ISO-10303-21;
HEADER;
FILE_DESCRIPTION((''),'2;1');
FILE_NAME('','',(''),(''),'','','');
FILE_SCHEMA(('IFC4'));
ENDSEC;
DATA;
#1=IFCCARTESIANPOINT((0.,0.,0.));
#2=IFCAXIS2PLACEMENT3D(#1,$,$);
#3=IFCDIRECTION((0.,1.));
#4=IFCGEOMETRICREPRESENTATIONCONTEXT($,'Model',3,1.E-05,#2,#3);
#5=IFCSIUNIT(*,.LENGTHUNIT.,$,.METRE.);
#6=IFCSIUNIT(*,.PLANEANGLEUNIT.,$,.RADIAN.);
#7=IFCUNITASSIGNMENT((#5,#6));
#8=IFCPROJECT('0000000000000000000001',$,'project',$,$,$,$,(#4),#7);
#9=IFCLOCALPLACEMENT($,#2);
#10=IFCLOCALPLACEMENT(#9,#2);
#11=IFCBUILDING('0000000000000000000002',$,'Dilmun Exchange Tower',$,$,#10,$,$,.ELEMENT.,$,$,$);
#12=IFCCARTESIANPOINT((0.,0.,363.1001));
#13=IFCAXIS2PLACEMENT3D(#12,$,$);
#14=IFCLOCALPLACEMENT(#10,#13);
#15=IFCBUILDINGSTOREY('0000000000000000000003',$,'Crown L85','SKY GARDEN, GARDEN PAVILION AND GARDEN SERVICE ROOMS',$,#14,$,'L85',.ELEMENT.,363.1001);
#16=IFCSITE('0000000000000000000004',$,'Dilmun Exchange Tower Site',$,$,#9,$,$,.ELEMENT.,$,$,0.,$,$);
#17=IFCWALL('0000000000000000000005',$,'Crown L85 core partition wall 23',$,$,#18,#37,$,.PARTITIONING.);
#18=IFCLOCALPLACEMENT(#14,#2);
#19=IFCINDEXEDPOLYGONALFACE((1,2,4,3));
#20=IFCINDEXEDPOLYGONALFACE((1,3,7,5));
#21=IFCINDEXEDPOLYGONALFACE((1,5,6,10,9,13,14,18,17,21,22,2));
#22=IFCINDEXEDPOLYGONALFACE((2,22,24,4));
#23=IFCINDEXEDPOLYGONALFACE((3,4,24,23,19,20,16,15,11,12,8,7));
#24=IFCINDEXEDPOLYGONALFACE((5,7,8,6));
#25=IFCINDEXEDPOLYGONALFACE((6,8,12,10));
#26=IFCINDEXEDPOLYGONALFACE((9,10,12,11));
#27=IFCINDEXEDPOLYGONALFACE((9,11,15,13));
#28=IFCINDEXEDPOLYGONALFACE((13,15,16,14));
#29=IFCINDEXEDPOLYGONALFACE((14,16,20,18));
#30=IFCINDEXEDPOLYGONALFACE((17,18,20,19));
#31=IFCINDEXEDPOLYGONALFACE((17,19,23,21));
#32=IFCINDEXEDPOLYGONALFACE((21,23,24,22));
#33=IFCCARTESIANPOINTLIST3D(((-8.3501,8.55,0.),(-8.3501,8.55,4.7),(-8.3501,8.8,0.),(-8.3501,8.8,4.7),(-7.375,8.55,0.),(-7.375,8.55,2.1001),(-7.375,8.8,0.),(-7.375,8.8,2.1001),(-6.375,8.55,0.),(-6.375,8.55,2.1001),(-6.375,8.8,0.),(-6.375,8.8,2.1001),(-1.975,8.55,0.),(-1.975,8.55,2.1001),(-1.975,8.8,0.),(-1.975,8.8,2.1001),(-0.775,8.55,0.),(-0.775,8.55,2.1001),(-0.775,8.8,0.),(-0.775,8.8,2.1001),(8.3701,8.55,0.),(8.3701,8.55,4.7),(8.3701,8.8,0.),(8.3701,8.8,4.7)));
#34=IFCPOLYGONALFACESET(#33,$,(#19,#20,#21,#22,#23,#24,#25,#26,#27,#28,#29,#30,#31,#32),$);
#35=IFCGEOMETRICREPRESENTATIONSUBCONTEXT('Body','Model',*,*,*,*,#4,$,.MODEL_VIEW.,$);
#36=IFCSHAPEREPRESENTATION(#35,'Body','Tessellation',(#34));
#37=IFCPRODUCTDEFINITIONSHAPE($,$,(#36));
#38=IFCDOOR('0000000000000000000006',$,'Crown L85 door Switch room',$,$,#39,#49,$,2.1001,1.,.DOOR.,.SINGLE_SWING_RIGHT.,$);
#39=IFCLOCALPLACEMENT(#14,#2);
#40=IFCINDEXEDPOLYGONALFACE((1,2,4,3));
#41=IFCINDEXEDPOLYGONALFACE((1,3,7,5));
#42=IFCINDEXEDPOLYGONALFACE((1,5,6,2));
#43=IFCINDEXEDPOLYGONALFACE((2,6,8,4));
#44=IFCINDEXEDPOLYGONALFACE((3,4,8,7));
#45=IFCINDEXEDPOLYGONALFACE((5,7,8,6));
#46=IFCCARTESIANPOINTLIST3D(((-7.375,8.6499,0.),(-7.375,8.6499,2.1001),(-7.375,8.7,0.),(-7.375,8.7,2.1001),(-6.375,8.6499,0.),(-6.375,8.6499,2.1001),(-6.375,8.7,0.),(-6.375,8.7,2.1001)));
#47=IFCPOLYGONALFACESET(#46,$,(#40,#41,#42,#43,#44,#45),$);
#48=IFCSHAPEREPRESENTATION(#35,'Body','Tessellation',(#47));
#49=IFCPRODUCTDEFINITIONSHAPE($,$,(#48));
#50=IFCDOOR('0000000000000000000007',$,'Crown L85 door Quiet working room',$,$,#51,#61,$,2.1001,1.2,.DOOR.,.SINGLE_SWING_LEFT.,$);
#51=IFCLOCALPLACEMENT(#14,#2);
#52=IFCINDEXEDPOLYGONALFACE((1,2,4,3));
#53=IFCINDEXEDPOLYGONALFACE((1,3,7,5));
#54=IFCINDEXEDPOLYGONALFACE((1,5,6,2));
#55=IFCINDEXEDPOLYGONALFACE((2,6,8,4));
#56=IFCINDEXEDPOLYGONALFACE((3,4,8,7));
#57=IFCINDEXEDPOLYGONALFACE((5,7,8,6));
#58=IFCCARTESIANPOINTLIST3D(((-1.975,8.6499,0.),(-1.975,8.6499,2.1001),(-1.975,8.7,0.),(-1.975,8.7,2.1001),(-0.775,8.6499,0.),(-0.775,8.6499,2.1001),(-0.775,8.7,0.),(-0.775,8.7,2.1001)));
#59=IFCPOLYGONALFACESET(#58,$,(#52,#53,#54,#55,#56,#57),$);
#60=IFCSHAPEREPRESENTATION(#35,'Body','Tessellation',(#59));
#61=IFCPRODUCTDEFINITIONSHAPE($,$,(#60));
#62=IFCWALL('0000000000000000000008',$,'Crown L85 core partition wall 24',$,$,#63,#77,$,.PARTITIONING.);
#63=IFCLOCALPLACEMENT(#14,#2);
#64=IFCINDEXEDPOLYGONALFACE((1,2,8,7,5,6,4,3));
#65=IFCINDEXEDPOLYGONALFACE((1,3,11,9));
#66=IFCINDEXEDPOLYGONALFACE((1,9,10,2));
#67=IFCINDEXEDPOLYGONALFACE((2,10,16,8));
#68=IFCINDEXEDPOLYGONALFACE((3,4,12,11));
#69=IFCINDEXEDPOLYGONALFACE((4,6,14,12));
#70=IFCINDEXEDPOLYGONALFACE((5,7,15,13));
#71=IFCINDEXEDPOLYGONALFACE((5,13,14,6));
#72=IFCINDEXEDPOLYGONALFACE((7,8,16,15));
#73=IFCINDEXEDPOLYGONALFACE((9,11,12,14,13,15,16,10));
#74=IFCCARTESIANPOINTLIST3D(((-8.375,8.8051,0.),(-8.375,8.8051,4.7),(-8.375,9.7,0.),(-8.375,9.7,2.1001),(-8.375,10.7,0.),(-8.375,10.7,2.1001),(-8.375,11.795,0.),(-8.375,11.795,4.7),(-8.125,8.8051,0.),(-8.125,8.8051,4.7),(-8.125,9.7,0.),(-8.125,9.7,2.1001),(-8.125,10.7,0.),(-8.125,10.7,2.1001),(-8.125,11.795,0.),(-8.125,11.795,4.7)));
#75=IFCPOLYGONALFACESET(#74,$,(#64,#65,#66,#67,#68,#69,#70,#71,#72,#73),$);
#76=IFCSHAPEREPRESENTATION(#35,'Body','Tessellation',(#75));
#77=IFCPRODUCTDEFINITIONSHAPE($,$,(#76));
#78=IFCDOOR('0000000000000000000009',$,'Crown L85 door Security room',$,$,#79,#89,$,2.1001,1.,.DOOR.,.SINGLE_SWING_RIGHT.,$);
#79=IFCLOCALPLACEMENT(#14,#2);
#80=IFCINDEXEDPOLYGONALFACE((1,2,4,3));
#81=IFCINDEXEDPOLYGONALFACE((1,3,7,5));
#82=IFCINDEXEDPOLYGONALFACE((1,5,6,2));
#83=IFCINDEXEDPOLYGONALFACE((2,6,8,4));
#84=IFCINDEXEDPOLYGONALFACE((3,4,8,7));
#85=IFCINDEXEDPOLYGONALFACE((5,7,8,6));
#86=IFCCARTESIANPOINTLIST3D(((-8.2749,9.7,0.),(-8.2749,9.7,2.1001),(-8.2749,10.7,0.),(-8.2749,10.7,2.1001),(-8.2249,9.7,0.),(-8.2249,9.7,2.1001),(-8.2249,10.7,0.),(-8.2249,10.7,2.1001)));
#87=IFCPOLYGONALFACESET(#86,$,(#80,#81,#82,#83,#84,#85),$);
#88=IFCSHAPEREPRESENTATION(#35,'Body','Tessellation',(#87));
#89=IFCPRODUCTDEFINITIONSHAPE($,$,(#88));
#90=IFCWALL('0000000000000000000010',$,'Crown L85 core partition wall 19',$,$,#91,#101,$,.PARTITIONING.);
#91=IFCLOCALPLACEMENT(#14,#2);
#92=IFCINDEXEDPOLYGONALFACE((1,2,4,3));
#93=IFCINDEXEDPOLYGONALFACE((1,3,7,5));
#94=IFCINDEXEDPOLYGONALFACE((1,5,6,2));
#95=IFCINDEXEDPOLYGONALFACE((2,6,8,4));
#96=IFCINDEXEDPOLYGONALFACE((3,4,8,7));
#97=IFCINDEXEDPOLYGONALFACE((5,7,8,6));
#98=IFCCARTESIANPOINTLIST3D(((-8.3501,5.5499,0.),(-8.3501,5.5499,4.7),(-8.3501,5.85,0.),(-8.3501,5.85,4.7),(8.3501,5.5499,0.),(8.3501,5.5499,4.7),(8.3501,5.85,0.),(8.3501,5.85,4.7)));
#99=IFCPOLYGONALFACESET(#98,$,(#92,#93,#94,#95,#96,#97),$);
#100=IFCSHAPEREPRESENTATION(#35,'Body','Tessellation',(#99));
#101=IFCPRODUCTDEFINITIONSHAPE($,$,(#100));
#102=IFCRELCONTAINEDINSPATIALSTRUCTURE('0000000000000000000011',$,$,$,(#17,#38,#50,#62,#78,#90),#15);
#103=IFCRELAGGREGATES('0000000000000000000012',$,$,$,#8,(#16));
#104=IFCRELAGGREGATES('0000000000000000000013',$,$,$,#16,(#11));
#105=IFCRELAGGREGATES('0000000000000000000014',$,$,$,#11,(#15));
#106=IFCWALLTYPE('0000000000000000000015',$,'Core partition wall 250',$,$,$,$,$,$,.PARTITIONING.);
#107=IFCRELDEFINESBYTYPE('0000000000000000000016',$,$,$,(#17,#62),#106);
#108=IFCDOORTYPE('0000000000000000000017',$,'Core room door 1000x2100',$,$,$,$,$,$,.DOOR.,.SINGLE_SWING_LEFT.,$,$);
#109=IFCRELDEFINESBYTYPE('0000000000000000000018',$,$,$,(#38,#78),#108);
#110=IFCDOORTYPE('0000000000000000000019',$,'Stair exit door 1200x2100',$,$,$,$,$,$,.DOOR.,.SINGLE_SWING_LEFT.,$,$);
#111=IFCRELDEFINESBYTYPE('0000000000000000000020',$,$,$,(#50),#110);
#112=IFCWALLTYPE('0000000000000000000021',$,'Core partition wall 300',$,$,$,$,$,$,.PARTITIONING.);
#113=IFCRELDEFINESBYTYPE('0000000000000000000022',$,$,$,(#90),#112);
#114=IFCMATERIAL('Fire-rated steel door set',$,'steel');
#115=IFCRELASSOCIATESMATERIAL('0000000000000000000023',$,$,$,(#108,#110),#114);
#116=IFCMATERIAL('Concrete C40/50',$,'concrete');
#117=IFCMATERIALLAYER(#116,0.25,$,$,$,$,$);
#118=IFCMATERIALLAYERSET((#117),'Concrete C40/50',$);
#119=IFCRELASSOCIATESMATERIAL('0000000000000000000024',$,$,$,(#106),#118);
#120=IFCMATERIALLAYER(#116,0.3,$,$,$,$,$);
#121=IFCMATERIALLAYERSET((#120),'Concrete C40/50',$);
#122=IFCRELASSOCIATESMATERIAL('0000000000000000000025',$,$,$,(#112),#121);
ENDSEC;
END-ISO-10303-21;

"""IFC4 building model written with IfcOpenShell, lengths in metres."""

from ifc_helpers import new_model, si_unit, direction, frame, frame_2d, origin, place, context, subcontext, project, spatial, rectangle, extrude, material, layer, layer_set, type_object, element, fill, save


model = new_model("IFC4")

# Units and contexts
model_context = context("Model", 3, precision=1e-05, world=origin(), true_north=direction((0.0, 1.0)))
body_context = subcontext(model_context, "Body", "Model", "MODEL_VIEW")
ifc_project = project(units=[si_unit("LENGTHUNIT", "METRE"), si_unit("PLANEANGLEUNIT", "RADIAN")], contexts=[model_context])

# Site, building, storey
site_placement = place(None, origin())
site = spatial("IfcSite", under=ifc_project, at=site_placement, Name="Dilmun Exchange Tower Site", CompositionType="ELEMENT", RefElevation=0.0)
building_placement = place(site_placement, origin())
building = spatial("IfcBuilding", under=site, at=building_placement, Name="Dilmun Exchange Tower", CompositionType="ELEMENT")
storey_placement = place(building_placement, frame((0.0, 0.0, 363.1001)))
storey = spatial("IfcBuildingStorey", under=building, at=storey_placement, Name="Crown L85", Description="SKY GARDEN, GARDEN PAVILION AND GARDEN SERVICE ROOMS", LongName="L85", CompositionType="ELEMENT", Elevation=363.1001)

# Shared definitions
ifc_material_1 = material(Name="Concrete C40/50", Category="concrete")

# Shared definitions
ifc_material_2 = material(Name="Fire-rated steel door set", Category="steel")
door_type_1 = type_object("IfcDoorType", Name="Core room door 1000x2100", OperationType="SINGLE_SWING_LEFT", PredefinedType="DOOR", material=ifc_material_2)

# Shared definitions
ifc_layer_1 = layer(ifc_material_1, 0.25)
ifc_layer_set_1 = layer_set([ifc_layer_1], Name="Concrete C40/50")
wall_type_1 = type_object("IfcWallType", Name="Core partition wall 250", PredefinedType="PARTITIONING", material=ifc_layer_set_1)

# Wall, openings, doors
wall_1_placement = place(storey_placement, frame((-8.3501, 8.675, 0.0), z_axis=(0.0, 0.0, 1.0), x_axis=(1.0, 0.0, 0.0)))
wall_1 = element("IfcWall", 1, at=wall_1_placement, inside=storey, type_object=wall_type_1, Name="Crown L85 core partition wall 23", PredefinedType="PARTITIONING", context=body_context, shape_type="SweptSolid", body=[
    extrude(rectangle(XDim=16.7202, YDim=0.25, at=frame_2d((8.3601, 0.0))), origin(), (0.0, 0.0, 1.0), 4.7),
])
opening_1_placement = place(wall_1_placement, frame((0.9751, 0.0, 0.0)))
opening_1 = element("IfcOpeningElement", 2, at=opening_1_placement, cuts=wall_1, PredefinedType="OPENING", context=body_context, shape_type="SweptSolid", body=[
    extrude(rectangle(XDim=1.0, YDim=2.1001, at=frame_2d((0.5, 1.05))), frame((0.0, 0.135, 0.0), z_axis=(0.0, -1.0, 0.0), x_axis=(1.0, 0.0, 0.0)), (0.0, 0.0, 1.0), 0.27),
])
opening_2_placement = place(wall_1_placement, frame((6.375, 0.0, 0.0)))
opening_2 = element("IfcOpeningElement", 3, at=opening_2_placement, cuts=wall_1, PredefinedType="OPENING", context=body_context, shape_type="SweptSolid", body=[
    extrude(rectangle(XDim=1.2, YDim=2.1001, at=frame_2d((0.6001, 1.05))), frame((0.0, 0.135, 0.0), z_axis=(0.0, -1.0, 0.0), x_axis=(1.0, 0.0, 0.0)), (0.0, 0.0, 1.0), 0.27),
])
door_1_placement = place(opening_1_placement, origin())
door_1 = element("IfcDoor", 4, at=door_1_placement, inside=storey, type_object=door_type_1, Name="Crown L85 door Switch room", OperationType="SINGLE_SWING_RIGHT", OverallHeight=2.1001, OverallWidth=1.0, PredefinedType="DOOR", context=body_context, shape_type="SweptSolid", body=[
    extrude(rectangle(XDim=1.0, YDim=2.1001, at=frame_2d((0.5, 1.05))), frame((0.0, 0.0249, 0.0), z_axis=(0.0, -1.0, 0.0), x_axis=(1.0, 0.0, 0.0)), (0.0, 0.0, 1.0), 0.05),
])
fill(opening_1, door_1)
door_type_2 = type_object("IfcDoorType", Name="Stair exit door 1200x2100", OperationType="SINGLE_SWING_LEFT", PredefinedType="DOOR", material=ifc_material_2)
door_2_placement = place(opening_2_placement, origin())
door_2 = element("IfcDoor", 5, at=door_2_placement, inside=storey, type_object=door_type_2, Name="Crown L85 door Quiet working room", OperationType="SINGLE_SWING_LEFT", OverallHeight=2.1001, OverallWidth=1.2, PredefinedType="DOOR", context=body_context, shape_type="SweptSolid", body=[
    extrude(rectangle(XDim=1.2, YDim=2.1001, at=frame_2d((0.6001, 1.05))), frame((0.0, 0.0249, 0.0), z_axis=(0.0, -1.0, 0.0), x_axis=(1.0, 0.0, 0.0)), (0.0, 0.0, 1.0), 0.05),
])
fill(opening_2, door_2)

# Wall, opening, door
wall_2_placement = place(storey_placement, frame((-8.25, 8.8049, 0.0), z_axis=(0.0, 0.0, 1.0), x_axis=(0.0, 1.0, 0.0)))
wall_2 = element("IfcWall", 6, at=wall_2_placement, inside=storey, type_object=wall_type_1, Name="Crown L85 core partition wall 24", PredefinedType="PARTITIONING", context=body_context, shape_type="SweptSolid", body=[
    extrude(rectangle(XDim=2.99, YDim=0.25, at=frame_2d((1.4951, 0.0))), origin(), (0.0, 0.0, 1.0), 4.7),
])
opening_3_placement = place(wall_2_placement, frame((0.895, 0.0, 0.0)))
opening_3 = element("IfcOpeningElement", 7, at=opening_3_placement, cuts=wall_2, PredefinedType="OPENING", context=body_context, shape_type="SweptSolid", body=[
    extrude(rectangle(XDim=1.0, YDim=2.1001, at=frame_2d((0.5, 1.05))), frame((0.0, 0.135, 0.0), z_axis=(0.0, -1.0, 0.0), x_axis=(1.0, 0.0, 0.0)), (0.0, 0.0, 1.0), 0.27),
])
door_3_placement = place(opening_3_placement, origin())
door_3 = element("IfcDoor", 8, at=door_3_placement, inside=storey, type_object=door_type_1, Name="Crown L85 door Security room", OperationType="SINGLE_SWING_RIGHT", OverallHeight=2.1001, OverallWidth=1.0, PredefinedType="DOOR", context=body_context, shape_type="SweptSolid", body=[
    extrude(rectangle(XDim=1.0, YDim=2.1001, at=frame_2d((0.5, 1.05))), frame((0.0, 0.0249, 0.0), z_axis=(0.0, -1.0, 0.0), x_axis=(1.0, 0.0, 0.0)), (0.0, 0.0, 1.0), 0.05),
])
fill(opening_3, door_3)

# Wall
ifc_layer_2 = layer(ifc_material_1, 0.3)
ifc_layer_set_2 = layer_set([ifc_layer_2], Name="Concrete C40/50")
wall_type_2 = type_object("IfcWallType", Name="Core partition wall 300", PredefinedType="PARTITIONING", material=ifc_layer_set_2)
wall_3_placement = place(storey_placement, frame((-8.3501, 5.7, 0.0), z_axis=(0.0, 0.0, 1.0), x_axis=(1.0, 0.0, 0.0)))
element("IfcWall", 9, at=wall_3_placement, inside=storey, type_object=wall_type_2, Name="Crown L85 core partition wall 19", PredefinedType="PARTITIONING", context=body_context, shape_type="SweptSolid", body=[
    extrude(rectangle(XDim=16.7002, YDim=0.3, at=frame_2d((8.3501, 0.0))), origin(), (0.0, 0.0, 1.0), 4.7),
])

save(model, "model.ifc")
